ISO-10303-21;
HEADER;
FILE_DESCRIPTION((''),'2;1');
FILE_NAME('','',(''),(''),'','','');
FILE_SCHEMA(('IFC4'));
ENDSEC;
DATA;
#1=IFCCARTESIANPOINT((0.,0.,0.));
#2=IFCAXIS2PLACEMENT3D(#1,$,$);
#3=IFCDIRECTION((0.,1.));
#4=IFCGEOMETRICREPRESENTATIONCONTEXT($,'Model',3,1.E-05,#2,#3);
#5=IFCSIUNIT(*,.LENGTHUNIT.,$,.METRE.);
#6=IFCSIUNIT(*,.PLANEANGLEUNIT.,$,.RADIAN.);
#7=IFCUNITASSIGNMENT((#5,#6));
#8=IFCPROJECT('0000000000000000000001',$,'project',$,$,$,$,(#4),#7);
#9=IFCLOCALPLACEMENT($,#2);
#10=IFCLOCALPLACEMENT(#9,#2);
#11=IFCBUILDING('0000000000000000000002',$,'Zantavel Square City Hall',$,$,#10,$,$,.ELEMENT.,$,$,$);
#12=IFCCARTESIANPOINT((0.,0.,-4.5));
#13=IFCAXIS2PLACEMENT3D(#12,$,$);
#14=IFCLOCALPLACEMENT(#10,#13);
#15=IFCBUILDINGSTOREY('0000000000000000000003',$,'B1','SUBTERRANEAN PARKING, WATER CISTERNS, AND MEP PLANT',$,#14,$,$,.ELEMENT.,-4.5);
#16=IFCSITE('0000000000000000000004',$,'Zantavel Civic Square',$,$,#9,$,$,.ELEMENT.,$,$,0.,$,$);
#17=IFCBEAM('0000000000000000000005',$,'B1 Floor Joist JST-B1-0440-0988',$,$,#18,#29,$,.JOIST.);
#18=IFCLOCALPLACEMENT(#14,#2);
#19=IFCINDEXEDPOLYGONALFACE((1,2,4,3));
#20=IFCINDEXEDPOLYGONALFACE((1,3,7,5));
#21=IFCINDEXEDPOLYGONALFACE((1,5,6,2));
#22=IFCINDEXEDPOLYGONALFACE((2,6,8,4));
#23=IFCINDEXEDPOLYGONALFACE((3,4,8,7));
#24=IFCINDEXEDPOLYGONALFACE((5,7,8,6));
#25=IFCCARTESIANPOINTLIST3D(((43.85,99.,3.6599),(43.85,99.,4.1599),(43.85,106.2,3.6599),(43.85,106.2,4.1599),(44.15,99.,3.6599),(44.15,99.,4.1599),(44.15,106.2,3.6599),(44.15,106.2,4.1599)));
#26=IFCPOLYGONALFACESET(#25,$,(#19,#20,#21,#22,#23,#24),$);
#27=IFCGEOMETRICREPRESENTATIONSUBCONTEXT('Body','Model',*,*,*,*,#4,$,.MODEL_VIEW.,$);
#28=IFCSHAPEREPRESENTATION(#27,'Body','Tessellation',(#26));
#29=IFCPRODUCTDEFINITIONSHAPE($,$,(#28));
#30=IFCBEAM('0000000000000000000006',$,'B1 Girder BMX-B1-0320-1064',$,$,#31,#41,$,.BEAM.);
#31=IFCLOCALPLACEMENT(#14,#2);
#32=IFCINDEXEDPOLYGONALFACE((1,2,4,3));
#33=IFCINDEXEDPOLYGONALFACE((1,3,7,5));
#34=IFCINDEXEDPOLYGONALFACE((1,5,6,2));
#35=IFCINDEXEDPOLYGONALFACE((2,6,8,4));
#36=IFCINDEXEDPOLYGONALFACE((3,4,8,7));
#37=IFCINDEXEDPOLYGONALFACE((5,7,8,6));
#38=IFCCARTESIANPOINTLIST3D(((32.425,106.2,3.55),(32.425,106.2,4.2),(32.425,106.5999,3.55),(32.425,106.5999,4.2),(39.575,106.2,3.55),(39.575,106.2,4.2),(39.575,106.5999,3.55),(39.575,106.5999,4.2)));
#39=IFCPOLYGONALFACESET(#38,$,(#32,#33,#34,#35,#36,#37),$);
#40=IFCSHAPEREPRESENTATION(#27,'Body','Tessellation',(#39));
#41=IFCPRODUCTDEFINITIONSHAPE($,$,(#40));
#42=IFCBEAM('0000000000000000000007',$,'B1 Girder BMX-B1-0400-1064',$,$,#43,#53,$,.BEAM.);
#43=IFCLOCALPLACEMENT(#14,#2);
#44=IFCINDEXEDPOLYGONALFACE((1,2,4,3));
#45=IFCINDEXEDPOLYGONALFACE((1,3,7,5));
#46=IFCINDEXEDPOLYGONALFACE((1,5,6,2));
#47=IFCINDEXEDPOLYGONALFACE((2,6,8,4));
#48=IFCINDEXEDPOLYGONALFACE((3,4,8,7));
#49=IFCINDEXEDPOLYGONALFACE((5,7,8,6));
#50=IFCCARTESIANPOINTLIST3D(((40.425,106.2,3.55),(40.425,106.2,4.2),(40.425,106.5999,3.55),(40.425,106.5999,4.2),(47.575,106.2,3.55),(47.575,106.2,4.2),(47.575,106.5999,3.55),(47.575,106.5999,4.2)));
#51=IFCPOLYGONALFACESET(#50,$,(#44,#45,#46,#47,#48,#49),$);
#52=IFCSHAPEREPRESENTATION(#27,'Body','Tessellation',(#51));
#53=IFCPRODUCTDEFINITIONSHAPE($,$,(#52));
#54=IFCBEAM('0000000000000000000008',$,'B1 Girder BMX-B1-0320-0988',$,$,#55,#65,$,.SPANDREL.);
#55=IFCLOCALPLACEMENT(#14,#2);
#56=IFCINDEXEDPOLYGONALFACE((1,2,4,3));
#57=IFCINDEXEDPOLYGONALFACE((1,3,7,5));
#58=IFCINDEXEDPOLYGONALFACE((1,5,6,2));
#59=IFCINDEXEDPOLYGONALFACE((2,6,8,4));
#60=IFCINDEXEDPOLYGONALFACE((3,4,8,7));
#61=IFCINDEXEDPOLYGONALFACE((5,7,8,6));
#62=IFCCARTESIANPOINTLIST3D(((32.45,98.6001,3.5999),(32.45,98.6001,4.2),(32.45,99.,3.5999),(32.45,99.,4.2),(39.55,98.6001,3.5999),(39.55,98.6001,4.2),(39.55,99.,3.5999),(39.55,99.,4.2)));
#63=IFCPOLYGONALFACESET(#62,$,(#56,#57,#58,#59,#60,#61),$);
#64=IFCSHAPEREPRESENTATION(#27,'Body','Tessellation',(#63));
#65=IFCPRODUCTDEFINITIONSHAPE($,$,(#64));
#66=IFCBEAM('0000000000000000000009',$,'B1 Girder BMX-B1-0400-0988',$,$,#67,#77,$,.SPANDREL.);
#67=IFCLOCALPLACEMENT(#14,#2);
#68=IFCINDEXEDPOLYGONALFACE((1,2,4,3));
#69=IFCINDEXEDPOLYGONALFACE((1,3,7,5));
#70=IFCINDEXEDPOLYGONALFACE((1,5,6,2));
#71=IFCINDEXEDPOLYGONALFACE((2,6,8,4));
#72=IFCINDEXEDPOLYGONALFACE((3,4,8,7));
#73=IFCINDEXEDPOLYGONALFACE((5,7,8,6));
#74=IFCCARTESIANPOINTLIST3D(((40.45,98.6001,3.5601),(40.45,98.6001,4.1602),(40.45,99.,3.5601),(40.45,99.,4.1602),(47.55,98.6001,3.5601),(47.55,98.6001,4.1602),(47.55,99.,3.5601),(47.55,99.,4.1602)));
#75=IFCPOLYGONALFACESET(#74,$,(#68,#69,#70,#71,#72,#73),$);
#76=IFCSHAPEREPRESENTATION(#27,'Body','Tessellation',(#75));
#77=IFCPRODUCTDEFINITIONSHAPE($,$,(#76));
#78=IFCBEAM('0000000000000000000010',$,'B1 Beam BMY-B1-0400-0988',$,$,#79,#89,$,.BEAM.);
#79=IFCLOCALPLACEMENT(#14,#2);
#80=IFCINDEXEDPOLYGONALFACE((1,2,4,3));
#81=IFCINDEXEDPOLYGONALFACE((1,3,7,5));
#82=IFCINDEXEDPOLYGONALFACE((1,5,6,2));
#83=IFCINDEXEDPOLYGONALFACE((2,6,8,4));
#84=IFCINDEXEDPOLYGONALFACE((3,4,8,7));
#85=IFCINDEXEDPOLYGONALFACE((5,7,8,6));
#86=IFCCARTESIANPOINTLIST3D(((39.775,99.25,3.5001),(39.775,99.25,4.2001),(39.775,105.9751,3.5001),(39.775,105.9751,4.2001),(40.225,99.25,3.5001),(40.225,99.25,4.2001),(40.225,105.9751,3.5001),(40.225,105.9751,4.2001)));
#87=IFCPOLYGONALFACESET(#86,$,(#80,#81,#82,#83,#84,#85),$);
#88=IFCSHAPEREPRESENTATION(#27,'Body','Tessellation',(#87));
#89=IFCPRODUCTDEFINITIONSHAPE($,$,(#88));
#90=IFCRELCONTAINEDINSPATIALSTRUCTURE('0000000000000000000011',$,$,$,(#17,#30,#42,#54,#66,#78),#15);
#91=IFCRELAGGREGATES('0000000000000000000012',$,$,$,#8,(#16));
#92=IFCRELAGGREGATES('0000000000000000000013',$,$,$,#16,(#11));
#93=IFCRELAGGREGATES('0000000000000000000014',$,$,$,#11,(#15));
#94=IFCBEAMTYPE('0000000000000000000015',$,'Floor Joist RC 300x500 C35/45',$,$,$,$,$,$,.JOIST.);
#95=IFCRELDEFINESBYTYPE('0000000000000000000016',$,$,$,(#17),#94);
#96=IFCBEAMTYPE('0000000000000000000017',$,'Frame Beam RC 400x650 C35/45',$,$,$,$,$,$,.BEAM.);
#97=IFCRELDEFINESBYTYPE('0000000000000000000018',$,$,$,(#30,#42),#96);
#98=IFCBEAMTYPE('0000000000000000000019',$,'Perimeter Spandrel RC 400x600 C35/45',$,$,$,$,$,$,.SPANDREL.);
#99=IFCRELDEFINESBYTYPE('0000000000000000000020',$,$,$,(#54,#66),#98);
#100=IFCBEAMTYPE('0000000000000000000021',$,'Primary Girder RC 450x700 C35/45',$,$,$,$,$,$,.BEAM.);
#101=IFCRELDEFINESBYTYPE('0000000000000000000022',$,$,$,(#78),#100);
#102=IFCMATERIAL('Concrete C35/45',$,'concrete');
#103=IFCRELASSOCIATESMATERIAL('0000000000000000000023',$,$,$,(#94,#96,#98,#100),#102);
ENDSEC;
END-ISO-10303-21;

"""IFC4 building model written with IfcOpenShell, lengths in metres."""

from ifc_helpers import new_model, si_unit, direction, frame, origin, origin_2d, place, context, subcontext, project, spatial, rectangle, extrude, material, material_profile, profile_set, type_object, element, save


model = new_model("IFC4")

# Units and contexts
model_context = context("Model", 3, precision=1e-05, world=origin(), true_north=direction((0.0, 1.0)))
body_context = subcontext(model_context, "Body", "Model", "MODEL_VIEW")
ifc_project = project(units=[si_unit("LENGTHUNIT", "METRE"), si_unit("PLANEANGLEUNIT", "RADIAN")], contexts=[model_context])

# Site, building, storey
site_placement = place(None, origin())
site = spatial("IfcSite", under=ifc_project, at=site_placement, Name="Zantavel Civic Square", CompositionType="ELEMENT", RefElevation=0.0)
building_placement = place(site_placement, origin())
building = spatial("IfcBuilding", under=site, at=building_placement, Name="Zantavel Square City Hall", CompositionType="ELEMENT")
storey_placement = place(building_placement, frame((0.0, 0.0, -4.5)))
storey = spatial("IfcBuildingStorey", under=building, at=storey_placement, Name="B1", Description="SUBTERRANEAN PARKING, WATER CISTERNS, AND MEP PLANT", CompositionType="ELEMENT", Elevation=-4.5)

# Shared definitions
ifc_material_1 = material(Name="Concrete C35/45", Category="concrete")

# Beams
ifc_material_profile_1 = material_profile(ifc_material_1, rectangle(XDim=0.3, YDim=0.5, at=origin_2d()), Name="RC 300x500")
ifc_profile_set_1 = profile_set([ifc_material_profile_1], Name="Concrete C35/45")
beam_type_1 = type_object("IfcBeamType", Name="Floor Joist RC 300x500 C35/45", PredefinedType="JOIST", material=ifc_profile_set_1)
for number, where, z_axis, x_axis, name in (
    (1, (44.0, 99.0, 3.9099), (0.0, 1.0, 0.0), (-1.0, 0.0, 0.0), "B1 Floor Joist JST-B1-0440-0988"),
):
    element("IfcBeam", number, at=place(storey_placement, frame(where, z_axis=z_axis, x_axis=x_axis)), inside=storey, type_object=beam_type_1, Name=name, PredefinedType="JOIST", context=body_context, shape_type="SweptSolid", body=[
        extrude(rectangle(XDim=0.3, YDim=0.5, at=origin_2d()), origin(), (0.0, 0.0, 1.0), 7.2),
    ])
ifc_material_profile_2 = material_profile(ifc_material_1, rectangle(XDim=0.3999, YDim=0.6499, at=origin_2d()), Name="RC 400x650")
ifc_profile_set_2 = profile_set([ifc_material_profile_2], Name="Concrete C35/45")
beam_type_2 = type_object("IfcBeamType", Name="Frame Beam RC 400x650 C35/45", PredefinedType="BEAM", material=ifc_profile_set_2)
for number, where, z_axis, x_axis, name in (
    (2, (32.425, 106.3999, 3.875), (1.0, 0.0, 0.0), (0.0, 1.0, 0.0), "B1 Girder BMX-B1-0320-1064"),
    (3, (40.425, 106.3999, 3.875), (1.0, 0.0, 0.0), (0.0, 1.0, 0.0), "B1 Girder BMX-B1-0400-1064"),
):
    element("IfcBeam", number, at=place(storey_placement, frame(where, z_axis=z_axis, x_axis=x_axis)), inside=storey, type_object=beam_type_2, Name=name, PredefinedType="BEAM", context=body_context, shape_type="SweptSolid", body=[
        extrude(rectangle(XDim=0.3999, YDim=0.6499, at=origin_2d()), origin(), (0.0, 0.0, 1.0), 7.1499),
    ])
ifc_material_profile_3 = material_profile(ifc_material_1, rectangle(XDim=0.3999, YDim=0.6001, at=origin_2d()), Name="RC 400x600")
ifc_profile_set_3 = profile_set([ifc_material_profile_3], Name="Concrete C35/45")
beam_type_3 = type_object("IfcBeamType", Name="Perimeter Spandrel RC 400x600 C35/45", PredefinedType="SPANDREL", material=ifc_profile_set_3)
for number, where, z_axis, x_axis, name in (
    (4, (32.45, 98.8, 3.8999), (1.0, 0.0, 0.0), (0.0, 1.0, 0.0), "B1 Girder BMX-B1-0320-0988"),
    (5, (40.45, 98.8, 3.8601), (1.0, 0.0, 0.0), (0.0, 1.0, 0.0), "B1 Girder BMX-B1-0400-0988"),
):
    element("IfcBeam", number, at=place(storey_placement, frame(where, z_axis=z_axis, x_axis=x_axis)), inside=storey, type_object=beam_type_3, Name=name, PredefinedType="SPANDREL", context=body_context, shape_type="SweptSolid", body=[
        extrude(rectangle(XDim=0.3999, YDim=0.6001, at=origin_2d()), origin(), (0.0, 0.0, 1.0), 7.1001),
    ])
ifc_material_profile_4 = material_profile(ifc_material_1, rectangle(XDim=0.45, YDim=0.7, at=origin_2d()), Name="RC 450x700")
ifc_profile_set_4 = profile_set([ifc_material_profile_4], Name="Concrete C35/45")
beam_type_4 = type_object("IfcBeamType", Name="Primary Girder RC 450x700 C35/45", PredefinedType="BEAM", material=ifc_profile_set_4)
beam_placement = place(storey_placement, frame((40.0, 99.25, 3.8501), z_axis=(0.0, 1.0, 0.0), x_axis=(-1.0, 0.0, 0.0)))
element("IfcBeam", 6, at=beam_placement, inside=storey, type_object=beam_type_4, Name="B1 Beam BMY-B1-0400-0988", PredefinedType="BEAM", context=body_context, shape_type="SweptSolid", body=[
    extrude(rectangle(XDim=0.45, YDim=0.7, at=origin_2d()), origin(), (0.0, 0.0, 1.0), 6.7251),
])

save(model, "model.ifc")
